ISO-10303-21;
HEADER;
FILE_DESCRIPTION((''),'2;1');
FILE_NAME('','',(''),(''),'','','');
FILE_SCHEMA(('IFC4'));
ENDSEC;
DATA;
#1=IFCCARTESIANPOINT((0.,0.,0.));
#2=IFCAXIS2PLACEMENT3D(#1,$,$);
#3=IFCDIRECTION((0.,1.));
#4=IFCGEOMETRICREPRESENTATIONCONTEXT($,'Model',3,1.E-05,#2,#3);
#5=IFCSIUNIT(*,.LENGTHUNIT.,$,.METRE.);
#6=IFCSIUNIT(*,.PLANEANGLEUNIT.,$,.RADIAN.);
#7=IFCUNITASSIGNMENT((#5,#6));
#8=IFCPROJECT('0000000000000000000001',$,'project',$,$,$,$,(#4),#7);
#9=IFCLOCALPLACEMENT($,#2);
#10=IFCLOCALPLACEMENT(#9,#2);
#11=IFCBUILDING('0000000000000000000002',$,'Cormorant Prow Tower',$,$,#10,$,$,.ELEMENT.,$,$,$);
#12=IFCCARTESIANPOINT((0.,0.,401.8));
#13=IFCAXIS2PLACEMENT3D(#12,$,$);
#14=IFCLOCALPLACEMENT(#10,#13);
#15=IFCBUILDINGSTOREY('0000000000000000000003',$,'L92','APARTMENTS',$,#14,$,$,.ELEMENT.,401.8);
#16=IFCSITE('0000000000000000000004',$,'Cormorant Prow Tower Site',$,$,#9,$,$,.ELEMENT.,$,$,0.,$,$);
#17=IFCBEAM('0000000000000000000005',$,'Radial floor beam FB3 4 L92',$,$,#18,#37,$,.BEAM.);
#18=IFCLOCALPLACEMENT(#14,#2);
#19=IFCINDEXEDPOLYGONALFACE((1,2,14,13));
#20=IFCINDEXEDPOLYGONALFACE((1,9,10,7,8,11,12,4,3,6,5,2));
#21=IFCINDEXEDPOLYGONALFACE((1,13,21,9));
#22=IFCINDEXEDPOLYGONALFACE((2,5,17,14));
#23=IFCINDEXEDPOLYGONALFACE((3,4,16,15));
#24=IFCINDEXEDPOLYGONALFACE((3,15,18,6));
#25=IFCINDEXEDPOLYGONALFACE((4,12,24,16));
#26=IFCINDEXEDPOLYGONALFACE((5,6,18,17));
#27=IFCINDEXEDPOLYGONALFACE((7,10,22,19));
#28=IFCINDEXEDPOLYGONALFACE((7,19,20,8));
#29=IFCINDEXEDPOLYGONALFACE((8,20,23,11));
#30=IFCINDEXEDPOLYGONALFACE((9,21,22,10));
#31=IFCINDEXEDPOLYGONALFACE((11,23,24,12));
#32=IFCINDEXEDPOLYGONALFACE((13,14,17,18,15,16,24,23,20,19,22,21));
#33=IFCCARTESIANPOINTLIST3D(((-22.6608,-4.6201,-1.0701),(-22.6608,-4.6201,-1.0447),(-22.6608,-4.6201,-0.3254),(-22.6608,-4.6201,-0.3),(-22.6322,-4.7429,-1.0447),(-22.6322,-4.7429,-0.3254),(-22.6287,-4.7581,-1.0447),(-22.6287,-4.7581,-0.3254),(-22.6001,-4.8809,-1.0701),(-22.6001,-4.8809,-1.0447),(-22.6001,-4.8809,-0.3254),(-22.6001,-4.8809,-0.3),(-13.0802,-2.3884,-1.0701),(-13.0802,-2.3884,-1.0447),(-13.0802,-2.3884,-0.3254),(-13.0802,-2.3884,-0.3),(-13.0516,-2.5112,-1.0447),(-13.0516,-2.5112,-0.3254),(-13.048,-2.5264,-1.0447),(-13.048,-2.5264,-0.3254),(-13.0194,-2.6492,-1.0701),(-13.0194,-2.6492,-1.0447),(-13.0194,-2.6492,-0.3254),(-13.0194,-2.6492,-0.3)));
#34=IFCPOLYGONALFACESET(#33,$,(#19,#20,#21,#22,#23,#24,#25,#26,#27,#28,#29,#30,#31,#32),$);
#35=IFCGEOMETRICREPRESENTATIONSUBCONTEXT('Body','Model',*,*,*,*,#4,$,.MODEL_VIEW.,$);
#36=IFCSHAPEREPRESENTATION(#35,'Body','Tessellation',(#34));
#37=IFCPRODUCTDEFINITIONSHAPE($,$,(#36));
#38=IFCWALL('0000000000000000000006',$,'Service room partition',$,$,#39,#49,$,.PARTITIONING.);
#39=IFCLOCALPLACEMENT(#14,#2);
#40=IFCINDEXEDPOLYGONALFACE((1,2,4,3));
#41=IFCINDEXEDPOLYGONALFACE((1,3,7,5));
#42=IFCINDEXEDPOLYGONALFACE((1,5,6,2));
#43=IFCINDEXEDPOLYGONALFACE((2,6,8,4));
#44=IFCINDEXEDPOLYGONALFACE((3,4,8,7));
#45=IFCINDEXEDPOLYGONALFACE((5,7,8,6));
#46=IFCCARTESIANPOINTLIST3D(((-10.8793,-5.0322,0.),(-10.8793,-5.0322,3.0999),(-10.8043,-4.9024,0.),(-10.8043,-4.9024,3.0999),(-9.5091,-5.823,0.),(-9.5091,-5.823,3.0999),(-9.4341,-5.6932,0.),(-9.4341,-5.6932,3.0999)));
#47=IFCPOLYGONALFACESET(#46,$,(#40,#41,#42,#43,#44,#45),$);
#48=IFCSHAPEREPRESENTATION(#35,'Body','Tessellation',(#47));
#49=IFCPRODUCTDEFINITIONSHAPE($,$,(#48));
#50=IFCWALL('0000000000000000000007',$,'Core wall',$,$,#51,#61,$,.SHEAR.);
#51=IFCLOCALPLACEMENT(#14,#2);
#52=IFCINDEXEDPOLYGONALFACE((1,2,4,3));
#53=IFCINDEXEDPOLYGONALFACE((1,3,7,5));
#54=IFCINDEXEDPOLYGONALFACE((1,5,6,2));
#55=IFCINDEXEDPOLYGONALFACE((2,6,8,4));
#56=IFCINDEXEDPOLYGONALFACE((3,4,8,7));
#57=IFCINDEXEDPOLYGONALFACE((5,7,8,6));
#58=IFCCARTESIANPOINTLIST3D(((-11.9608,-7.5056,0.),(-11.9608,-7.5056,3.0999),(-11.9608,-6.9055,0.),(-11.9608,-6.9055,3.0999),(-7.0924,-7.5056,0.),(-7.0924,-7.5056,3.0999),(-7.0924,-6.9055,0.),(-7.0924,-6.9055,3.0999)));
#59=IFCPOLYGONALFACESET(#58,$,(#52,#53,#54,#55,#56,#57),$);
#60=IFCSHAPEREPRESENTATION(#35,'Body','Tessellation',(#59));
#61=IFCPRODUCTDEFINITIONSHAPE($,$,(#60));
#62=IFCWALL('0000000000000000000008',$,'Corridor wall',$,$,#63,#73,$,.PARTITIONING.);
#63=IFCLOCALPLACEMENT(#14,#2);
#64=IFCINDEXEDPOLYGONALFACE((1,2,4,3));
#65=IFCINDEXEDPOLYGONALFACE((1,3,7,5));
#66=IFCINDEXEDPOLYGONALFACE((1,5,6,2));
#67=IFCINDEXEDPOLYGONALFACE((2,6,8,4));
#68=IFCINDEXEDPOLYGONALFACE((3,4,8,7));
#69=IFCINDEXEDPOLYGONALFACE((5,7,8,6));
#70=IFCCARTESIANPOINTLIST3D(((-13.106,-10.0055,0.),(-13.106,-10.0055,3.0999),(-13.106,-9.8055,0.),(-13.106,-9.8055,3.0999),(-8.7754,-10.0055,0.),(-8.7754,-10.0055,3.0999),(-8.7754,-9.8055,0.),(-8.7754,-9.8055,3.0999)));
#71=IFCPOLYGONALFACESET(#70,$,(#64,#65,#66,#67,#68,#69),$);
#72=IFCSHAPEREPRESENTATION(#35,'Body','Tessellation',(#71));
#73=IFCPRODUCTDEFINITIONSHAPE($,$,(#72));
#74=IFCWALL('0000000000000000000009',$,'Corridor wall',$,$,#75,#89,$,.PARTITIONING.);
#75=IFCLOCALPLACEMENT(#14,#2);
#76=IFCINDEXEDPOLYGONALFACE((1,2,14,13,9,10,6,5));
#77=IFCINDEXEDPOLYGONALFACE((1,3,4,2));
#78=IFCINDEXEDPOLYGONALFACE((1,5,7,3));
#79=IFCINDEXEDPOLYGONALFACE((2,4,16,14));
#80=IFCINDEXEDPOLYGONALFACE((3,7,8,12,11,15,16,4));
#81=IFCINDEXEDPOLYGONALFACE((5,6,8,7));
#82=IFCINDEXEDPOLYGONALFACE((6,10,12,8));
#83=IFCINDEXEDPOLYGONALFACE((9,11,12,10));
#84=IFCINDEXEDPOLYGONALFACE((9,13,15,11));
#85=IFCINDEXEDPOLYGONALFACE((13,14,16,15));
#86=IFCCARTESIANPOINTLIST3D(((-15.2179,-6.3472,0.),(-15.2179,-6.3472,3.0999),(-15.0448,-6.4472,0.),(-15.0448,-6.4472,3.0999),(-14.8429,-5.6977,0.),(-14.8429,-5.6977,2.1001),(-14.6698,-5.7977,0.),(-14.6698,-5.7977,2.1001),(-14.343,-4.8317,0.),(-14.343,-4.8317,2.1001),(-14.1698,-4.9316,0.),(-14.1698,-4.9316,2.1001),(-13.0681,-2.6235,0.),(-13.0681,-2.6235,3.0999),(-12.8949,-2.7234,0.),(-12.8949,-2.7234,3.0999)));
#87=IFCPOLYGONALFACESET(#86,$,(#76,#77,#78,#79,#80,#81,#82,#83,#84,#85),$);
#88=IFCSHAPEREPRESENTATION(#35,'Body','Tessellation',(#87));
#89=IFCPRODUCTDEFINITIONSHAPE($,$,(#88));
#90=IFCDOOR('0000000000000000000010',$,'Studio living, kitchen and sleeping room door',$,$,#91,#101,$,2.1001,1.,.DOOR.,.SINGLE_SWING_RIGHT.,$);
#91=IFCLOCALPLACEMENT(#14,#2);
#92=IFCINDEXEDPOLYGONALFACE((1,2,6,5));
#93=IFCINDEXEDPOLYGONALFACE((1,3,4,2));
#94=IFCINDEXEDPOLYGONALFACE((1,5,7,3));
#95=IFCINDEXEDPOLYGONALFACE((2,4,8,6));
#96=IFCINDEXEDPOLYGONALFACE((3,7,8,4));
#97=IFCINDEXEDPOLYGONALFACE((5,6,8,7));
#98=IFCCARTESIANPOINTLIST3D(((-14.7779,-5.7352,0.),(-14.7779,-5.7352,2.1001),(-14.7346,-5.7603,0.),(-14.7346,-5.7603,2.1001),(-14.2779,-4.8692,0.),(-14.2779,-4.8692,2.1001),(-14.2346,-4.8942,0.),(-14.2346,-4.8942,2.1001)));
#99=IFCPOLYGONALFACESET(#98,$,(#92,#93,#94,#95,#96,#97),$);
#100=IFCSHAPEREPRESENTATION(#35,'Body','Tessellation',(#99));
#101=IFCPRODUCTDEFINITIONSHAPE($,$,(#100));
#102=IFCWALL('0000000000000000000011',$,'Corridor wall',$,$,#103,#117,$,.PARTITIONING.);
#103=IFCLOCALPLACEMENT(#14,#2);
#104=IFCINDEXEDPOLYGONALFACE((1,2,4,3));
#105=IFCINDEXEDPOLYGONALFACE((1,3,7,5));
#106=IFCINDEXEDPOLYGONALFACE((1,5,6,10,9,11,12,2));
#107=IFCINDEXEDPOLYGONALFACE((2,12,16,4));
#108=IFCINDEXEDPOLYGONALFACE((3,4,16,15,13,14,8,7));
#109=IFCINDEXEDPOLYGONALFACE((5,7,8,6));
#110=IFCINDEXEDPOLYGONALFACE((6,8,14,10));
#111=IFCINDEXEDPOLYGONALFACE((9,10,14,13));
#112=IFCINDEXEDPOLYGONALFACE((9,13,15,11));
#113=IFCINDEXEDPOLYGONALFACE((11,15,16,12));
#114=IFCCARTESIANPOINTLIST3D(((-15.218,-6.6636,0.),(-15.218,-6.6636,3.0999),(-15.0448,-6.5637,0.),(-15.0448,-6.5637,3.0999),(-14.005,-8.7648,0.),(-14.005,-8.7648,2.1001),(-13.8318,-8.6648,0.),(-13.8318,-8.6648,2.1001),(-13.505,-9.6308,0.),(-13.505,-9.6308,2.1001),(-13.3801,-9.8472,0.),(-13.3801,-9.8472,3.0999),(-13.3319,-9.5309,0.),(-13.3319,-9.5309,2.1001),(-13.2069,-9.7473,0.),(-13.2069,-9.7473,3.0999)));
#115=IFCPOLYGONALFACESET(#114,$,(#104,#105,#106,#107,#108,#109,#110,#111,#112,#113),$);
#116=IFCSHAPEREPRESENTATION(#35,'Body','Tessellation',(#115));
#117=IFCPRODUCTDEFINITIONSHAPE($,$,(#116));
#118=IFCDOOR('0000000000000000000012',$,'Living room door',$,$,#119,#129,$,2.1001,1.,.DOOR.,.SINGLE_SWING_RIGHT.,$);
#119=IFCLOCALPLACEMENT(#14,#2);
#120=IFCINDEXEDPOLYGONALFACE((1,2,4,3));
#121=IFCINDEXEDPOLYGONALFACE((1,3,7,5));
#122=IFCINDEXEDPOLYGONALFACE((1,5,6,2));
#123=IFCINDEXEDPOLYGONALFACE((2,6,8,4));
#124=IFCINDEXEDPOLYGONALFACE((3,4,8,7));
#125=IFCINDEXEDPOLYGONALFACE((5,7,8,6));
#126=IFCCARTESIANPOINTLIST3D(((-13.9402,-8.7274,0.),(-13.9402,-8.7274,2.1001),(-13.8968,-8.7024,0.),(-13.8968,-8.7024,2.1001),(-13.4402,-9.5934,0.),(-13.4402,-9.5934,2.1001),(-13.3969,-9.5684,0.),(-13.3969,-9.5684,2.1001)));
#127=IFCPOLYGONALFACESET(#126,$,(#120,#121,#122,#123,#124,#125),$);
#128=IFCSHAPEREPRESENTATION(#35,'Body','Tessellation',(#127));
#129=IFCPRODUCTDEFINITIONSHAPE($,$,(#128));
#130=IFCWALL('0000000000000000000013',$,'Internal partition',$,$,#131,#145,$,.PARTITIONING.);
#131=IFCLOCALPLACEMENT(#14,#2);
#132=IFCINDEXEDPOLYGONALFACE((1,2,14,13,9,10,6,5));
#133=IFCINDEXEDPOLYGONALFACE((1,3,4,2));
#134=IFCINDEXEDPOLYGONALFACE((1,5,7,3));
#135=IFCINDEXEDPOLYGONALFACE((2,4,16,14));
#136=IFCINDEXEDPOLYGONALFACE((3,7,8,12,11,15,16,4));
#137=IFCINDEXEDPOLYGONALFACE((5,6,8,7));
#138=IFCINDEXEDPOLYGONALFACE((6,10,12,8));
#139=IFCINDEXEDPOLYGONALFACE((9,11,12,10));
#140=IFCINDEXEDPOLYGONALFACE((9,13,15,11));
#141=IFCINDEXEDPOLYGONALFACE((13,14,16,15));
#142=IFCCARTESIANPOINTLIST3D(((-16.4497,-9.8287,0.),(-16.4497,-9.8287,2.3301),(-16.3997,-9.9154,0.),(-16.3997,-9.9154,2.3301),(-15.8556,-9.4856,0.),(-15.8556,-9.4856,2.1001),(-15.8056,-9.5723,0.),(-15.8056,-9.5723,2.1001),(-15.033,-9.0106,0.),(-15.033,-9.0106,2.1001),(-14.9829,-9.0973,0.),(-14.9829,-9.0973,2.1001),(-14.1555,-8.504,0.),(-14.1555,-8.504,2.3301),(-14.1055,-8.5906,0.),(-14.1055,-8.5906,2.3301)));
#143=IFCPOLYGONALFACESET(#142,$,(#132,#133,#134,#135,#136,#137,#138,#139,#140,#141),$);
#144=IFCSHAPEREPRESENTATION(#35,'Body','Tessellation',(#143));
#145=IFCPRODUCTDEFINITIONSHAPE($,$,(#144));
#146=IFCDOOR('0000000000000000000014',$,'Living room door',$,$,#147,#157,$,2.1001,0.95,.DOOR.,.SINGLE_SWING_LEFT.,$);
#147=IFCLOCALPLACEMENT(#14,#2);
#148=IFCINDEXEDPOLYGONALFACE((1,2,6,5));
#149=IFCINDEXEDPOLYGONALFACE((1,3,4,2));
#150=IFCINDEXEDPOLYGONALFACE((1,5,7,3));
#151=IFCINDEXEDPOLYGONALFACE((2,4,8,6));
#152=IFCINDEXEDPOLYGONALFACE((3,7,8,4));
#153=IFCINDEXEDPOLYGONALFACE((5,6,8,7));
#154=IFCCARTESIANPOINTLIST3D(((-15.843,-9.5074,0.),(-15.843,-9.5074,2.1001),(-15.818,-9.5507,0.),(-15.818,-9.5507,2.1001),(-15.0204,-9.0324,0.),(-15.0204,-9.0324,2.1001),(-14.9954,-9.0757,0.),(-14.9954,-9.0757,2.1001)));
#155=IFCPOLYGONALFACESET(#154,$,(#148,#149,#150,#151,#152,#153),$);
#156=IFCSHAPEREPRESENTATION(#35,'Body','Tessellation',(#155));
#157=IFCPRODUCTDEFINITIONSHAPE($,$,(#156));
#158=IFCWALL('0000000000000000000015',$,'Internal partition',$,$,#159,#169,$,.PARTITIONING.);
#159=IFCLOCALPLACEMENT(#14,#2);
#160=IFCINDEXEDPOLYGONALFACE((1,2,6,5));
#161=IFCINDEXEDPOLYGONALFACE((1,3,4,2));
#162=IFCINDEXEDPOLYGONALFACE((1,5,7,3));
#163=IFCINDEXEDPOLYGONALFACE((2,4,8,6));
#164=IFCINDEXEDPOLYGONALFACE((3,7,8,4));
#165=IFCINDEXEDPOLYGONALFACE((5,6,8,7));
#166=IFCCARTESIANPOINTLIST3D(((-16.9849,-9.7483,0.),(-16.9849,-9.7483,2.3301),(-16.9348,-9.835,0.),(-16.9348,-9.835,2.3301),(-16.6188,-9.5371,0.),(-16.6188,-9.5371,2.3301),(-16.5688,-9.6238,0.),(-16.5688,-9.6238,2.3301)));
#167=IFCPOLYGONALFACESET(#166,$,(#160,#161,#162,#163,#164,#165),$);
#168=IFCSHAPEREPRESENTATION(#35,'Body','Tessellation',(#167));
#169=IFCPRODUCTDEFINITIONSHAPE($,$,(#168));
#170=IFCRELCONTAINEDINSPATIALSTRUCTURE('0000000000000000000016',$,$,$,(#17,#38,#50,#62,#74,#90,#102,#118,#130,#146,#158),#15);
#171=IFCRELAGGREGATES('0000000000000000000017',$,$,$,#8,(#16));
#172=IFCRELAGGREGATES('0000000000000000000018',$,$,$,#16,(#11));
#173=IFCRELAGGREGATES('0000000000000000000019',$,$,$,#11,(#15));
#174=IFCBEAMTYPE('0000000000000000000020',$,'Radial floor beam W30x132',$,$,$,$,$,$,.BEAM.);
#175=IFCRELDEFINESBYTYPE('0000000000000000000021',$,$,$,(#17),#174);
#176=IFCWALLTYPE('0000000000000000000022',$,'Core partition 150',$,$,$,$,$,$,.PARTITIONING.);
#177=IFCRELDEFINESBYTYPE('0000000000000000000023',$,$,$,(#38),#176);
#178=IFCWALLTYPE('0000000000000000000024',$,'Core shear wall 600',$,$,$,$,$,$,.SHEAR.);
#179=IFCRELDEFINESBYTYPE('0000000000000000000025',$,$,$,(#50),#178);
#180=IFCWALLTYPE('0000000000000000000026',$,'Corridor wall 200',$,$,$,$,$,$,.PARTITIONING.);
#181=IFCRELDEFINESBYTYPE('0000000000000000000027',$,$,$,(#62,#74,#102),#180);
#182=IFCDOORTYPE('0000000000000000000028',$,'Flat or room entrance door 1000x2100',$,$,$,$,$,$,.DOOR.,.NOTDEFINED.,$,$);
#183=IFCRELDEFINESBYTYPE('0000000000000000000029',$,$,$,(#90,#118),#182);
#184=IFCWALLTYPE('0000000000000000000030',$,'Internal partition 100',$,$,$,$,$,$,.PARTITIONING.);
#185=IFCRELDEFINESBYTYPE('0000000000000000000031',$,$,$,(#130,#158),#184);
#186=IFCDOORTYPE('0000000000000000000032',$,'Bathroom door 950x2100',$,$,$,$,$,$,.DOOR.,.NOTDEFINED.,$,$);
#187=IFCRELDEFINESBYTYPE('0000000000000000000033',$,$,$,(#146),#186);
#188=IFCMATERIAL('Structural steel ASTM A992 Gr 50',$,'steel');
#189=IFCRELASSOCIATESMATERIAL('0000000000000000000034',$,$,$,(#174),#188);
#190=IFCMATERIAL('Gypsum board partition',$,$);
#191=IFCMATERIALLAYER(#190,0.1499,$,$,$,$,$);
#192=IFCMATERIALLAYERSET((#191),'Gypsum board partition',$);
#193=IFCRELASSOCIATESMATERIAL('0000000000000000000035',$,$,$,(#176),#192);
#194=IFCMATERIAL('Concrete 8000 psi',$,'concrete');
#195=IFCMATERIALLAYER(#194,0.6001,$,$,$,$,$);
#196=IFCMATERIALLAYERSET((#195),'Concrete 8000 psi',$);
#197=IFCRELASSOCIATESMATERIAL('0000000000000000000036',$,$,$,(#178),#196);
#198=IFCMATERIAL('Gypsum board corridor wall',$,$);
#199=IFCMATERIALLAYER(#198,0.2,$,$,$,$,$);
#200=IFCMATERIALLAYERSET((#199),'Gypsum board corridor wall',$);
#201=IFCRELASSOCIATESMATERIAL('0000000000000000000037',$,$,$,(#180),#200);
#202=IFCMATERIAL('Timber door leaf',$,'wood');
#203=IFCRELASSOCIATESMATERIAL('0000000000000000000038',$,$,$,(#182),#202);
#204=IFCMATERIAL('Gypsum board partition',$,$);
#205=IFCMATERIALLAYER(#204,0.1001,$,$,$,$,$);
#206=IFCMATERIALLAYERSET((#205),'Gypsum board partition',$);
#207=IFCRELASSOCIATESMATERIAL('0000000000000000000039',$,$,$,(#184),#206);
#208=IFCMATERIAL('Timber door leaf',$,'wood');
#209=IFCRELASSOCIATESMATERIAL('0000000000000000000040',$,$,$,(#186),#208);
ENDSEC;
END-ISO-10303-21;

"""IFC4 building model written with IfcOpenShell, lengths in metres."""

from ifc_helpers import new_model, si_unit, direction, frame, frame_2d, origin, origin_2d, place, context, subcontext, project, spatial, rectangle, i_section, extrude, material, layer, layer_set, material_profile, profile_set, type_object, element, fill, save


model = new_model("IFC4")

# Units and contexts
model_context = context("Model", 3, precision=1e-05, world=origin(), true_north=direction((0.0, 1.0)))
body_context = subcontext(model_context, "Body", "Model", "MODEL_VIEW")
ifc_project = project(units=[si_unit("LENGTHUNIT", "METRE"), si_unit("PLANEANGLEUNIT", "RADIAN")], contexts=[model_context])

# Site, building, storey
site_placement = place(None, origin())
site = spatial("IfcSite", under=ifc_project, at=site_placement, Name="Cormorant Prow Tower Site", CompositionType="ELEMENT", RefElevation=0.0)
building_placement = place(site_placement, origin())
building = spatial("IfcBuilding", under=site, at=building_placement, Name="Cormorant Prow Tower", CompositionType="ELEMENT")
storey_placement = place(building_placement, frame((0.0, 0.0, 401.8)))
storey = spatial("IfcBuildingStorey", under=building, at=storey_placement, Name="L92", Description="APARTMENTS", CompositionType="ELEMENT", Elevation=401.8)

# Beam
ifc_material_1 = material(Name="Structural steel ASTM A992 Gr 50", Category="steel")
ifc_material_profile = material_profile(ifc_material_1, i_section(OverallWidth=0.2678, OverallDepth=0.77, WebThickness=0.0156, FlangeThickness=0.0254, at=origin_2d()), Name="W30x132")
ifc_profile_set = profile_set([ifc_material_profile], Name="Structural steel ASTM A992 Gr 50")
beam_type = type_object("IfcBeamType", Name="Radial floor beam W30x132", PredefinedType="BEAM", material=ifc_profile_set)
beam_placement = place(storey_placement, frame((-13.0498, -2.5188, -0.6851), z_axis=(-0.973926, -0.226866, 0.0), x_axis=(0.226866, -0.973926, 0.0)))
element("IfcBeam", 1, at=beam_placement, inside=storey, type_object=beam_type, Name="Radial floor beam FB3 4 L92", PredefinedType="BEAM", context=body_context, shape_type="SweptSolid", body=[
    extrude(i_section(OverallWidth=0.2678, OverallDepth=0.77, WebThickness=0.0156, FlangeThickness=0.0254, at=origin_2d()), origin(), (0.0, 0.0, 1.0), 9.8372),
])

# Walls
ifc_material_2 = material(Name="Gypsum board partition")
ifc_layer_1 = layer(ifc_material_2, 0.1499)
ifc_layer_set_1 = layer_set([ifc_layer_1], Name="Gypsum board partition")
wall_type_1 = type_object("IfcWallType", Name="Core partition 150", PredefinedType="PARTITIONING", material=ifc_layer_set_1)
wall_1_placement = place(storey_placement, frame((-10.8418, -4.9673, 0.0), z_axis=(0.0, 0.0, 1.0), x_axis=(0.866098, -0.499874, 0.0)))
element("IfcWall", 2, at=wall_1_placement, inside=storey, type_object=wall_type_1, Name="Service room partition", PredefinedType="PARTITIONING", context=body_context, shape_type="SweptSolid", body=[
    extrude(rectangle(XDim=1.582, YDim=0.1499, at=frame_2d((0.791, 0.0))), origin(), (0.0, 0.0, 1.0), 3.0999),
])
ifc_material_3 = material(Name="Concrete 8000 psi", Category="concrete")
ifc_layer_2 = layer(ifc_material_3, 0.6001)
ifc_layer_set_2 = layer_set([ifc_layer_2], Name="Concrete 8000 psi")
wall_type_2 = type_object("IfcWallType", Name="Core shear wall 600", PredefinedType="SHEAR", material=ifc_layer_set_2)
wall_2_placement = place(storey_placement, frame((-11.9607, -7.2056, 0.0), z_axis=(0.0, 0.0, 1.0), x_axis=(1.0, 0.0, 0.0)))
element("IfcWall", 3, at=wall_2_placement, inside=storey, type_object=wall_type_2, Name="Core wall", PredefinedType="SHEAR", context=body_context, shape_type="SweptSolid", body=[
    extrude(rectangle(XDim=4.8684, YDim=0.6001, at=frame_2d((2.4341, 0.0))), origin(), (0.0, 0.0, 1.0), 3.0999),
])
ifc_material_4 = material(Name="Gypsum board corridor wall")
ifc_layer_3 = layer(ifc_material_4, 0.2)
ifc_layer_set_3 = layer_set([ifc_layer_3], Name="Gypsum board corridor wall")
wall_type_3 = type_object("IfcWallType", Name="Corridor wall 200", PredefinedType="PARTITIONING", material=ifc_layer_set_3)
wall_3_placement = place(storey_placement, frame((-13.106, -9.9055, 0.0), z_axis=(0.0, 0.0, 1.0), x_axis=(1.0, 0.0, 0.0)))
element("IfcWall", 4, at=wall_3_placement, inside=storey, type_object=wall_type_3, Name="Corridor wall", PredefinedType="PARTITIONING", context=body_context, shape_type="SweptSolid", body=[
    extrude(rectangle(XDim=4.3306, YDim=0.2, at=frame_2d((2.1653, 0.0))), origin(), (0.0, 0.0, 1.0), 3.0999),
])

# Walls, openings, doors
wall_4_placement = place(storey_placement, frame((-15.1313, -6.3972, 0.0), z_axis=(0.0, 0.0, 1.0), x_axis=(0.499986, 0.866033, 0.0)))
wall_4 = element("IfcWall", 5, at=wall_4_placement, inside=storey, type_object=wall_type_3, Name="Corridor wall", PredefinedType="PARTITIONING", context=body_context, shape_type="SweptSolid", body=[
    extrude(rectangle(XDim=4.2998, YDim=0.2, at=frame_2d((2.1499, 0.0))), origin(), (0.0, 0.0, 1.0), 3.0999),
])
opening_1_placement = place(wall_4_placement, frame((0.75, 0.0, 0.0)))
opening_1 = element("IfcOpeningElement", 6, at=opening_1_placement, cuts=wall_4, PredefinedType="OPENING", context=body_context, shape_type="SweptSolid", body=[
    extrude(rectangle(XDim=1.0, YDim=2.1001, at=frame_2d((0.5, 1.05))), frame((0.0, 0.1099, 0.0), z_axis=(0.0, -1.0, 0.0), x_axis=(1.0, 0.0, 0.0)), (0.0, 0.0, 1.0), 0.22),
])
ifc_material_5 = material(Name="Timber door leaf", Category="wood")
door_type_1 = type_object("IfcDoorType", Name="Flat or room entrance door 1000x2100", OperationType="NOTDEFINED", PredefinedType="DOOR", material=ifc_material_5)
door_1_placement = place(opening_1_placement, origin())
door_1 = element("IfcDoor", 7, at=door_1_placement, inside=storey, type_object=door_type_1, Name="Studio living, kitchen and sleeping room door", OperationType="SINGLE_SWING_RIGHT", OverallHeight=2.1001, OverallWidth=1.0, PredefinedType="DOOR", context=body_context, shape_type="SweptSolid", body=[
    extrude(rectangle(XDim=1.0, YDim=2.1001, at=frame_2d((0.5, 1.05))), frame((0.0, 0.0249, 0.0), z_axis=(0.0, -1.0, 0.0), x_axis=(1.0, 0.0, 0.0)), (0.0, 0.0, 1.0), 0.05),
])
fill(opening_1, door_1)
wall_5_placement = place(storey_placement, frame((-15.1313, -6.6138, 0.0), z_axis=(0.0, 0.0, 1.0), x_axis=(0.499968, -0.866044, 0.0)))
wall_5 = element("IfcWall", 8, at=wall_5_placement, inside=storey, type_object=wall_type_3, Name="Corridor wall", PredefinedType="PARTITIONING", context=body_context, shape_type="SweptSolid", body=[
    extrude(rectangle(XDim=3.676, YDim=0.2, at=frame_2d((1.8379, 0.0))), origin(), (0.0, 0.0, 1.0), 3.0999),
])
opening_2_placement = place(wall_5_placement, frame((2.426, 0.0, 0.0)))
opening_2 = element("IfcOpeningElement", 9, at=opening_2_placement, cuts=wall_5, PredefinedType="OPENING", context=body_context, shape_type="SweptSolid", body=[
    extrude(rectangle(XDim=1.0, YDim=2.1001, at=frame_2d((0.5, 1.05))), frame((0.0, 0.1099, 0.0), z_axis=(0.0, -1.0, 0.0), x_axis=(1.0, 0.0, 0.0)), (0.0, 0.0, 1.0), 0.22),
])
door_2_placement = place(opening_2_placement, origin())
door_2 = element("IfcDoor", 10, at=door_2_placement, inside=storey, type_object=door_type_1, Name="Living room door", OperationType="SINGLE_SWING_RIGHT", OverallHeight=2.1001, OverallWidth=1.0, PredefinedType="DOOR", context=body_context, shape_type="SweptSolid", body=[
    extrude(rectangle(XDim=1.0, YDim=2.1001, at=frame_2d((0.5, 1.05))), frame((0.0, 0.0249, 0.0), z_axis=(0.0, -1.0, 0.0), x_axis=(1.0, 0.0, 0.0)), (0.0, 0.0, 1.0), 0.05),
])
fill(opening_2, door_2)
ifc_material_6 = material(Name="Gypsum board partition")
ifc_layer_4 = layer(ifc_material_6, 0.1001)
ifc_layer_set_4 = layer_set([ifc_layer_4], Name="Gypsum board partition")
wall_type_4 = type_object("IfcWallType", Name="Internal partition 100", PredefinedType="PARTITIONING", material=ifc_layer_set_4)
wall_6_placement = place(storey_placement, frame((-16.4248, -9.8721, 0.0), z_axis=(0.0, 0.0, 1.0), x_axis=(0.866, 0.500044, 0.0)))
wall_6 = element("IfcWall", 11, at=wall_6_placement, inside=storey, type_object=wall_type_4, Name="Internal partition", PredefinedType="PARTITIONING", context=body_context, shape_type="SweptSolid", body=[
    extrude(rectangle(XDim=2.6492, YDim=0.1001, at=frame_2d((1.3247, 0.0))), origin(), (0.0, 0.0, 1.0), 2.3301),
])
opening_3_placement = place(wall_6_placement, frame((0.686, 0.0, 0.0)))
opening_3 = element("IfcOpeningElement", 12, at=opening_3_placement, cuts=wall_6, PredefinedType="OPENING", context=body_context, shape_type="SweptSolid", body=[
    extrude(rectangle(XDim=0.95, YDim=2.1001, at=frame_2d((0.4751, 1.05))), frame((0.0, 0.0601, 0.0), z_axis=(0.0, -1.0, 0.0), x_axis=(1.0, 0.0, 0.0)), (0.0, 0.0, 1.0), 0.1201),
])
ifc_material_7 = material(Name="Timber door leaf", Category="wood")
door_type_2 = type_object("IfcDoorType", Name="Bathroom door 950x2100", OperationType="NOTDEFINED", PredefinedType="DOOR", material=ifc_material_7)
door_3_placement = place(opening_3_placement, origin())
door_3 = element("IfcDoor", 13, at=door_3_placement, inside=storey, type_object=door_type_2, Name="Living room door", OperationType="SINGLE_SWING_LEFT", OverallHeight=2.1001, OverallWidth=0.95, PredefinedType="DOOR", context=body_context, shape_type="SweptSolid", body=[
    extrude(rectangle(XDim=0.95, YDim=2.1001, at=frame_2d((0.4751, 1.05))), frame((0.0, 0.0249, 0.0), z_axis=(0.0, -1.0, 0.0), x_axis=(1.0, 0.0, 0.0)), (0.0, 0.0, 1.0), 0.05),
])
fill(opening_3, door_3)

# Wall
wall_7_placement = place(storey_placement, frame((-16.96, -9.7917, 0.0), z_axis=(0.0, 0.0, 1.0), x_axis=(0.866137, 0.499806, 0.0)))
element("IfcWall", 14, at=wall_7_placement, inside=storey, type_object=wall_type_4, Name="Internal partition", PredefinedType="PARTITIONING", context=body_context, shape_type="SweptSolid", body=[
    extrude(rectangle(XDim=0.4226, YDim=0.1001, at=frame_2d((0.2114, 0.0))), origin(), (0.0, 0.0, 1.0), 2.3301),
])

save(model, "model.ifc")
